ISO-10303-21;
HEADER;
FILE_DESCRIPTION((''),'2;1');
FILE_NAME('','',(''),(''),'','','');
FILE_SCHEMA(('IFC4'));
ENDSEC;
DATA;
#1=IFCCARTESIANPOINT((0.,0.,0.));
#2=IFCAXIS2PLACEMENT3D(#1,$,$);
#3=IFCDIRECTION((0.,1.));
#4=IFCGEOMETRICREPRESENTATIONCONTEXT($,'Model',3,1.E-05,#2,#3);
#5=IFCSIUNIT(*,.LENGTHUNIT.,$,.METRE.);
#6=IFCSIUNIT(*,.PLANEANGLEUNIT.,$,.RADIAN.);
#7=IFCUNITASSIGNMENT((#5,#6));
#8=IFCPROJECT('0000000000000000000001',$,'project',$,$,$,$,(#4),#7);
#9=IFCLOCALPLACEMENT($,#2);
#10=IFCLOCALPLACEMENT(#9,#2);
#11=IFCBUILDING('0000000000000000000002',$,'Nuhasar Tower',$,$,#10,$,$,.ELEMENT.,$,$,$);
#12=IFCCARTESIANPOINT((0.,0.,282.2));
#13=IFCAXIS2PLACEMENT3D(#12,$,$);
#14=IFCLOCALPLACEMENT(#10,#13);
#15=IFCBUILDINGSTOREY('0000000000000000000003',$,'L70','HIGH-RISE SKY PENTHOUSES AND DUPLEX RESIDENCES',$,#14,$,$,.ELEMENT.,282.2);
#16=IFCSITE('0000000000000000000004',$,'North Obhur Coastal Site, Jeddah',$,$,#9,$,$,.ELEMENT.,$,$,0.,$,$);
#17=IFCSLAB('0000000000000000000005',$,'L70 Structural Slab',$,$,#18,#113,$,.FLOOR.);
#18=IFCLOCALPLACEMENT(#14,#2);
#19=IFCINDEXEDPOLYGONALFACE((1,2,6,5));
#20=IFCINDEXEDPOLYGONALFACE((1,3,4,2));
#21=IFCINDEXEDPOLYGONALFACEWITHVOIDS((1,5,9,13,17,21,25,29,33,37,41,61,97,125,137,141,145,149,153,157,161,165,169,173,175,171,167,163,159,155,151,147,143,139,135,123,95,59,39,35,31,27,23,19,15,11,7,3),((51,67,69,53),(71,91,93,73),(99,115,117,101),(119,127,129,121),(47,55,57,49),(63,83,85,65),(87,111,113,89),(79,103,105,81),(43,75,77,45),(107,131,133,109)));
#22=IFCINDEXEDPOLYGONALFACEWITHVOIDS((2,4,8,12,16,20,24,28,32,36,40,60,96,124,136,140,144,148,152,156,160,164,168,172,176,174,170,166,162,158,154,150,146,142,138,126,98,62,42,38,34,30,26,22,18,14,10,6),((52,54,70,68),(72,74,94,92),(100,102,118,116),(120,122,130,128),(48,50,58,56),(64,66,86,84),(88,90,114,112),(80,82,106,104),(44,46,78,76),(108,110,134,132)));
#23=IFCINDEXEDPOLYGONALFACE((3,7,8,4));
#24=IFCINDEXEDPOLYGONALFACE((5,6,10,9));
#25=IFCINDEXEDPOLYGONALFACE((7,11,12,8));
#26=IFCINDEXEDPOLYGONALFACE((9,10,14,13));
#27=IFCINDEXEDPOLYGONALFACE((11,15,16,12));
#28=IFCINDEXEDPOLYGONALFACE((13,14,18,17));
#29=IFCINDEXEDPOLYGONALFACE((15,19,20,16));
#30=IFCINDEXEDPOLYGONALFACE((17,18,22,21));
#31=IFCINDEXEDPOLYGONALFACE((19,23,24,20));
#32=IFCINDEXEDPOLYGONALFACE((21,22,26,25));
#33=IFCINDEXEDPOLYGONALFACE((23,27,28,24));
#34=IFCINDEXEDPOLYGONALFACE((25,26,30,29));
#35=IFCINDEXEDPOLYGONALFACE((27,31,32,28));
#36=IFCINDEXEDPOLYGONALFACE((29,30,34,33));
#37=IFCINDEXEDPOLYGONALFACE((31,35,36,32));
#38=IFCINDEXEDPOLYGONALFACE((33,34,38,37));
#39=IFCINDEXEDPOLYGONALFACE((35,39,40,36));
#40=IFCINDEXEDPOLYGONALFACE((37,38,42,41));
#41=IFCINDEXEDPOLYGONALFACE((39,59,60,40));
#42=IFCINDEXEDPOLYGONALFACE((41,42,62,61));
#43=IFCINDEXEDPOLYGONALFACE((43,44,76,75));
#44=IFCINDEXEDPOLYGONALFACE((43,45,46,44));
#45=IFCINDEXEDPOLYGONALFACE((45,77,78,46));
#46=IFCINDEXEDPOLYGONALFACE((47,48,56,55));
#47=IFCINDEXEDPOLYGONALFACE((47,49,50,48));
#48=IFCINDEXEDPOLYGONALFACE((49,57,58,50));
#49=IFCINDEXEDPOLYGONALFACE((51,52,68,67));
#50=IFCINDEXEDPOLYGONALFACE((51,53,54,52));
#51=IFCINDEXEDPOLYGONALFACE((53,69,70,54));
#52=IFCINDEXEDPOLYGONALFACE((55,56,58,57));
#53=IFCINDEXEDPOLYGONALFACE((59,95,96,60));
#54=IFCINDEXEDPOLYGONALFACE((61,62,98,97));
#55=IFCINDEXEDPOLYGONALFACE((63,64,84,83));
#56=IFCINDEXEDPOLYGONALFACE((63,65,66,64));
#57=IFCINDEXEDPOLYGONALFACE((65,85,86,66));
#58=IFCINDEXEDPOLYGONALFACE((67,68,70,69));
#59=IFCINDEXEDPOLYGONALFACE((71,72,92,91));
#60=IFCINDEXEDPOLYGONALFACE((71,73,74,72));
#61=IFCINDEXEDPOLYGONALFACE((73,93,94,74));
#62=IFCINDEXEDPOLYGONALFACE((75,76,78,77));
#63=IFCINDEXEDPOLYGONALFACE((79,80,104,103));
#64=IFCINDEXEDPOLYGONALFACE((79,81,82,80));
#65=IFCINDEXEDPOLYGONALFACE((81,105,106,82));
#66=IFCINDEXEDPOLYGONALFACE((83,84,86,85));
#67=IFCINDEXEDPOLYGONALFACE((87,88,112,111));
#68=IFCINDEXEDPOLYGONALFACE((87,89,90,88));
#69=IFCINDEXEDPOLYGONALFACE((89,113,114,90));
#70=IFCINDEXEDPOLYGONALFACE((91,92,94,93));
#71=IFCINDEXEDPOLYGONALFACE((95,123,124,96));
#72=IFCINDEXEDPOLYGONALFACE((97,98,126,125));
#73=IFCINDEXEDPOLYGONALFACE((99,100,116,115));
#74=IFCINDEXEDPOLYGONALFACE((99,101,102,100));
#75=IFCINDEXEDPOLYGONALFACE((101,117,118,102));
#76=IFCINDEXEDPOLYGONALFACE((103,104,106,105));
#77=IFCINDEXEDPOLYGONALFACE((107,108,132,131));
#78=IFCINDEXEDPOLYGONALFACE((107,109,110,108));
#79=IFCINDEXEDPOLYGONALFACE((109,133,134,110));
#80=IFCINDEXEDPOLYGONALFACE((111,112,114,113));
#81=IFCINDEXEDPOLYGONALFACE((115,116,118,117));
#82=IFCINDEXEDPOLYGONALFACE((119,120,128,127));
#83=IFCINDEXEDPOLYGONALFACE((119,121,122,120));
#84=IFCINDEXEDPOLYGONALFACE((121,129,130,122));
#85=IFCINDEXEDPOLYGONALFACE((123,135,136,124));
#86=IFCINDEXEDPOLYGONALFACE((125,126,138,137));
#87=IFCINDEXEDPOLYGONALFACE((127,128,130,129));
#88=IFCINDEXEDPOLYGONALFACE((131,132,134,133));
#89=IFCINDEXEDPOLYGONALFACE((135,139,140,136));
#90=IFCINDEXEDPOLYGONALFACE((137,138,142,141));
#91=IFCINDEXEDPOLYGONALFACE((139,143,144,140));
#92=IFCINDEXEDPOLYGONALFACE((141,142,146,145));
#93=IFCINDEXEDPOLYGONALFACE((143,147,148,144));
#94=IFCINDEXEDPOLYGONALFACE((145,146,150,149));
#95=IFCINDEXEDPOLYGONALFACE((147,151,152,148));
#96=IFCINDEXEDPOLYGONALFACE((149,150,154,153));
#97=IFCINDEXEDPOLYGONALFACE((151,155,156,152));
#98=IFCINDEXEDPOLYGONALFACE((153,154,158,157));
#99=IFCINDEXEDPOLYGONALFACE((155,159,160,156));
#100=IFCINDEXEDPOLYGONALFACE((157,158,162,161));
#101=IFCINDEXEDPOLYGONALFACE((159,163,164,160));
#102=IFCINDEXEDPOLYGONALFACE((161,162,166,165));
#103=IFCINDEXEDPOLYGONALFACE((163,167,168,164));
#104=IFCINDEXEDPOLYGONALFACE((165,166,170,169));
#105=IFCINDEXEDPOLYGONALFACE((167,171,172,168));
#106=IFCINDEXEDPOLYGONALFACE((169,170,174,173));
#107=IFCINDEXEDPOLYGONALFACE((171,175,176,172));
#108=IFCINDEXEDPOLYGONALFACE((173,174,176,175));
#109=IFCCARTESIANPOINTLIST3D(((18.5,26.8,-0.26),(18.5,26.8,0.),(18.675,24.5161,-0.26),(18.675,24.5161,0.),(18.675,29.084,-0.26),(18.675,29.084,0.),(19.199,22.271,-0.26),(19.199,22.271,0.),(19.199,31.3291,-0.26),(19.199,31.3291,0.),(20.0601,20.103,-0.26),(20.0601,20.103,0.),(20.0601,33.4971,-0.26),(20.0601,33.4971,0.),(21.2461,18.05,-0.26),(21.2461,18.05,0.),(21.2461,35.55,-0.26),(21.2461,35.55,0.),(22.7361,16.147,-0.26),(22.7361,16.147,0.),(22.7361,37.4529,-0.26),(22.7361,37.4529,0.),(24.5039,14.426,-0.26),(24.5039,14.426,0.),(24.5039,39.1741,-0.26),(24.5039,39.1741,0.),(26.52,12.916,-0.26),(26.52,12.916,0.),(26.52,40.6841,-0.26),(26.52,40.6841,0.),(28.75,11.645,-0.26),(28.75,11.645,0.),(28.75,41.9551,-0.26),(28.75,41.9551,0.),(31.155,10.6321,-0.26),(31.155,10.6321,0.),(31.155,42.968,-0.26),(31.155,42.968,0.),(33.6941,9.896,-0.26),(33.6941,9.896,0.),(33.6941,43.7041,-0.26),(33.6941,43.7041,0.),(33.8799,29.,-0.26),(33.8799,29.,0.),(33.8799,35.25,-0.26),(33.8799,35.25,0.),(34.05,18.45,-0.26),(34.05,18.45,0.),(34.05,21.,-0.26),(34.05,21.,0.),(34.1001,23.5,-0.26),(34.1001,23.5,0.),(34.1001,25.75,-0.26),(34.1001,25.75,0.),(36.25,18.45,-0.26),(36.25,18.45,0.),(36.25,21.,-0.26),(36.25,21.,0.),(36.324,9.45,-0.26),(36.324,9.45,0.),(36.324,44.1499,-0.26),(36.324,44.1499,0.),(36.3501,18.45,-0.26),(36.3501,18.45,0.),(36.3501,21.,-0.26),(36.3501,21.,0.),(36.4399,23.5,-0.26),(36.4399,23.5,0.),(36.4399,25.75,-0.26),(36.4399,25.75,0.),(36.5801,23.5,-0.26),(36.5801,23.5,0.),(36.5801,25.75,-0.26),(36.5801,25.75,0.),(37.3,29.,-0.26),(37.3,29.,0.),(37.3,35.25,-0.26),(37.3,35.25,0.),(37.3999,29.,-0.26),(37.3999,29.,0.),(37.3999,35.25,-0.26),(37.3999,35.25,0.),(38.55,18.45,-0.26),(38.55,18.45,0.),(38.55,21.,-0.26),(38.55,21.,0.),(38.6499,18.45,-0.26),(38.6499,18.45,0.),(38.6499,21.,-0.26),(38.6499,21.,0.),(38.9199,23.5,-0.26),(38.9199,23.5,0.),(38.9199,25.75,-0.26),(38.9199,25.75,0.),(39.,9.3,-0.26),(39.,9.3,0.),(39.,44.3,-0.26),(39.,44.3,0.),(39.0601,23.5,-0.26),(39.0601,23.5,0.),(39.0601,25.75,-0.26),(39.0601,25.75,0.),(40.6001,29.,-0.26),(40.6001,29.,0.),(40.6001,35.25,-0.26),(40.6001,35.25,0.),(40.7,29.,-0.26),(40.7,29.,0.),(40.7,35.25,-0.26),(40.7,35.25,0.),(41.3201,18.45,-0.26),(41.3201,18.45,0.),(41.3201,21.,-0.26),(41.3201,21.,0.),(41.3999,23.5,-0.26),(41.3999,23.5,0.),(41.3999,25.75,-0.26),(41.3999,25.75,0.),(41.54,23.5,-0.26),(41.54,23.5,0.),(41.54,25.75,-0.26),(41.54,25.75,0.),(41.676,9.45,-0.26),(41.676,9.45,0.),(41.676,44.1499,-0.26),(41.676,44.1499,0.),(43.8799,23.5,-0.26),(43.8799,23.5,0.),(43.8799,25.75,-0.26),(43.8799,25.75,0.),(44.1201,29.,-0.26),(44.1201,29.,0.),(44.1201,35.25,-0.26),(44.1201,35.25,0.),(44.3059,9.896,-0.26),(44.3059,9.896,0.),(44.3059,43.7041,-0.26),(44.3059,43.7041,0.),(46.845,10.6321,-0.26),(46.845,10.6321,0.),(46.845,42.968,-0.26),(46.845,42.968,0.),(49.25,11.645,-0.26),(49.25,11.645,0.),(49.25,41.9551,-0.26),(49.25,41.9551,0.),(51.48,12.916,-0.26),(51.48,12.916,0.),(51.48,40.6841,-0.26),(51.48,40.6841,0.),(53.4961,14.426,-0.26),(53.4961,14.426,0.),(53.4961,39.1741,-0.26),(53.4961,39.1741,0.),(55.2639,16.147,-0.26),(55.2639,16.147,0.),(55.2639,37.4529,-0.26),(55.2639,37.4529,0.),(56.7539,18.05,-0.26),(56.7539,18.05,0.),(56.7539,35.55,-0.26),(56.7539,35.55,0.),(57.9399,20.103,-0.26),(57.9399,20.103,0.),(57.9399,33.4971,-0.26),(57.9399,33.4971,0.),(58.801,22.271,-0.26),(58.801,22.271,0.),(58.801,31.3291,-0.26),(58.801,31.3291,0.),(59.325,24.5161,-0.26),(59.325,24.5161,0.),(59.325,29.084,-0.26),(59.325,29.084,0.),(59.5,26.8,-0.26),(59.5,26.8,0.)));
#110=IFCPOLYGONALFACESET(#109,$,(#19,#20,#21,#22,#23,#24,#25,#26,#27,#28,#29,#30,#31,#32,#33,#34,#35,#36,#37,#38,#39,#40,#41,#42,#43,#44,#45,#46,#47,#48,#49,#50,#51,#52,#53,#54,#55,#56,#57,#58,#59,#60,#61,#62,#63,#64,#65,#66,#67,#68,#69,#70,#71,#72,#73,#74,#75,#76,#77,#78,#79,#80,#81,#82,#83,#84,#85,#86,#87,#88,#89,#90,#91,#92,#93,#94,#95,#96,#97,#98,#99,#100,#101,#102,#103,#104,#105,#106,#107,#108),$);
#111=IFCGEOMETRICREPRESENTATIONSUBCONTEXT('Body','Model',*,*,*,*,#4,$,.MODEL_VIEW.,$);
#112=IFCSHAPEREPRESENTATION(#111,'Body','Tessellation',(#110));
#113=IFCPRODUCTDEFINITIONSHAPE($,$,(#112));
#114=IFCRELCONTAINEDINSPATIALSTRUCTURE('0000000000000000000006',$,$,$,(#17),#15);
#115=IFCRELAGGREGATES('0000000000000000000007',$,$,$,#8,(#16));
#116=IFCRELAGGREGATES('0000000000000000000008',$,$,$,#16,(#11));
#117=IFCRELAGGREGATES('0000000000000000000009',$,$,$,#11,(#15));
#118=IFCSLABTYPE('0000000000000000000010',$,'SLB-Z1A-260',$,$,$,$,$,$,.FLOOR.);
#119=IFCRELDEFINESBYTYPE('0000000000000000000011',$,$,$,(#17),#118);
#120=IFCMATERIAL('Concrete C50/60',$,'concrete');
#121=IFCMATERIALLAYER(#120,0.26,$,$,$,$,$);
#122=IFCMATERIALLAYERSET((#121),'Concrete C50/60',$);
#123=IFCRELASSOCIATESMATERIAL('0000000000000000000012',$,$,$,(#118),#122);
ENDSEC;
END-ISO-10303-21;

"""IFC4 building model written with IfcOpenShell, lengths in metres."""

from ifc_helpers import new_model, si_unit, direction, frame, origin, place, context, subcontext, project, spatial, polyline, outline, extrude, material, layer, layer_set, type_object, element, save


model = new_model("IFC4")

# Units and contexts
model_context = context("Model", 3, precision=1e-05, world=origin(), true_north=direction((0.0, 1.0)))
body_context = subcontext(model_context, "Body", "Model", "MODEL_VIEW")
ifc_project = project(units=[si_unit("LENGTHUNIT", "METRE"), si_unit("PLANEANGLEUNIT", "RADIAN")], contexts=[model_context])

# Site, building, storey
site_placement = place(None, origin())
site = spatial("IfcSite", under=ifc_project, at=site_placement, Name="North Obhur Coastal Site, Jeddah", CompositionType="ELEMENT", RefElevation=0.0)
building_placement = place(site_placement, origin())
building = spatial("IfcBuilding", under=site, at=building_placement, Name="Nuhasar Tower", CompositionType="ELEMENT")
storey_placement = place(building_placement, frame((0.0, 0.0, 282.2)))
storey = spatial("IfcBuildingStorey", under=building, at=storey_placement, Name="L70", Description="HIGH-RISE SKY PENTHOUSES AND DUPLEX RESIDENCES", CompositionType="ELEMENT", Elevation=282.2)

# Shared definitions
ifc_material_1 = material(Name="Concrete C50/60", Category="concrete")

# Slab
ifc_layer_1 = layer(ifc_material_1, 0.26)
ifc_layer_set_1 = layer_set([ifc_layer_1], Name="Concrete C50/60")
slab_type_1 = type_object("IfcSlabType", Name="SLB-Z1A-260", PredefinedType="FLOOR", material=ifc_layer_set_1)
slab_1_placement = place(storey_placement, frame((0.0, 0.0, -0.26)))
element("IfcSlab", 1, at=slab_1_placement, inside=storey, type_object=slab_type_1, Name="L70 Structural Slab", PredefinedType="FLOOR", context=body_context, shape_type="SweptSolid", body=[
    extrude(outline(polyline([(59.5, 26.8), (59.325, 29.084), (58.801, 31.3291), (57.9399, 33.4971), (56.7539, 35.55), (55.2639, 37.4529), (53.4961, 39.1741), (51.48, 40.6841), (49.25, 41.9551), (46.845, 42.968), (44.3059, 43.7041), (41.676, 44.1499), (39.0, 44.3), (36.324, 44.1499), (33.6941, 43.7041), (31.155, 42.968), (28.75, 41.9551), (26.52, 40.6841), (24.5039, 39.1741), (22.7361, 37.4529), (21.2461, 35.55), (20.0601, 33.4971), (19.199, 31.3291), (18.675, 29.084), (18.5, 26.8), (18.675, 24.5161), (19.199, 22.271), (20.0601, 20.103), (21.2461, 18.05), (22.7361, 16.147), (24.5039, 14.426), (26.52, 12.916), (28.75, 11.645), (31.155, 10.6321), (33.6941, 9.896), (36.324, 9.45), (39.0, 9.3), (41.676, 9.45), (44.3059, 9.896), (46.845, 10.6321), (49.25, 11.645), (51.48, 12.916), (53.4961, 14.426), (55.2639, 16.147), (56.7539, 18.05), (57.9399, 20.103), (58.801, 22.271), (59.325, 24.5161), (59.5, 26.8)]), holes=[polyline([(33.8799, 35.25), (37.3, 35.25), (37.3, 29.0), (33.8799, 29.0), (33.8799, 35.25)]), polyline([(37.3999, 35.25), (40.6001, 35.25), (40.6001, 29.0), (37.3999, 29.0), (37.3999, 35.25)]), polyline([(40.7, 35.25), (44.1201, 35.25), (44.1201, 29.0), (40.7, 29.0), (40.7, 35.25)]), polyline([(34.1001, 25.75), (36.4399, 25.75), (36.4399, 23.5), (34.1001, 23.5), (34.1001, 25.75)]), polyline([(36.5801, 25.75), (38.9199, 25.75), (38.9199, 23.5), (36.5801, 23.5), (36.5801, 25.75)]), polyline([(39.0601, 25.75), (41.3999, 25.75), (41.3999, 23.5), (39.0601, 23.5), (39.0601, 25.75)]), polyline([(41.54, 25.75), (43.8799, 25.75), (43.8799, 23.5), (41.54, 23.5), (41.54, 25.75)]), polyline([(34.05, 21.0), (36.25, 21.0), (36.25, 18.45), (34.05, 18.45), (34.05, 21.0)]), polyline([(36.3501, 21.0), (38.55, 21.0), (38.55, 18.45), (36.3501, 18.45), (36.3501, 21.0)]), polyline([(38.6499, 21.0), (41.3201, 21.0), (41.3201, 18.45), (38.6499, 18.45), (38.6499, 21.0)])]), origin(), (0.0, 0.0, 1.0), 0.26),
])

save(model, "model.ifc")
